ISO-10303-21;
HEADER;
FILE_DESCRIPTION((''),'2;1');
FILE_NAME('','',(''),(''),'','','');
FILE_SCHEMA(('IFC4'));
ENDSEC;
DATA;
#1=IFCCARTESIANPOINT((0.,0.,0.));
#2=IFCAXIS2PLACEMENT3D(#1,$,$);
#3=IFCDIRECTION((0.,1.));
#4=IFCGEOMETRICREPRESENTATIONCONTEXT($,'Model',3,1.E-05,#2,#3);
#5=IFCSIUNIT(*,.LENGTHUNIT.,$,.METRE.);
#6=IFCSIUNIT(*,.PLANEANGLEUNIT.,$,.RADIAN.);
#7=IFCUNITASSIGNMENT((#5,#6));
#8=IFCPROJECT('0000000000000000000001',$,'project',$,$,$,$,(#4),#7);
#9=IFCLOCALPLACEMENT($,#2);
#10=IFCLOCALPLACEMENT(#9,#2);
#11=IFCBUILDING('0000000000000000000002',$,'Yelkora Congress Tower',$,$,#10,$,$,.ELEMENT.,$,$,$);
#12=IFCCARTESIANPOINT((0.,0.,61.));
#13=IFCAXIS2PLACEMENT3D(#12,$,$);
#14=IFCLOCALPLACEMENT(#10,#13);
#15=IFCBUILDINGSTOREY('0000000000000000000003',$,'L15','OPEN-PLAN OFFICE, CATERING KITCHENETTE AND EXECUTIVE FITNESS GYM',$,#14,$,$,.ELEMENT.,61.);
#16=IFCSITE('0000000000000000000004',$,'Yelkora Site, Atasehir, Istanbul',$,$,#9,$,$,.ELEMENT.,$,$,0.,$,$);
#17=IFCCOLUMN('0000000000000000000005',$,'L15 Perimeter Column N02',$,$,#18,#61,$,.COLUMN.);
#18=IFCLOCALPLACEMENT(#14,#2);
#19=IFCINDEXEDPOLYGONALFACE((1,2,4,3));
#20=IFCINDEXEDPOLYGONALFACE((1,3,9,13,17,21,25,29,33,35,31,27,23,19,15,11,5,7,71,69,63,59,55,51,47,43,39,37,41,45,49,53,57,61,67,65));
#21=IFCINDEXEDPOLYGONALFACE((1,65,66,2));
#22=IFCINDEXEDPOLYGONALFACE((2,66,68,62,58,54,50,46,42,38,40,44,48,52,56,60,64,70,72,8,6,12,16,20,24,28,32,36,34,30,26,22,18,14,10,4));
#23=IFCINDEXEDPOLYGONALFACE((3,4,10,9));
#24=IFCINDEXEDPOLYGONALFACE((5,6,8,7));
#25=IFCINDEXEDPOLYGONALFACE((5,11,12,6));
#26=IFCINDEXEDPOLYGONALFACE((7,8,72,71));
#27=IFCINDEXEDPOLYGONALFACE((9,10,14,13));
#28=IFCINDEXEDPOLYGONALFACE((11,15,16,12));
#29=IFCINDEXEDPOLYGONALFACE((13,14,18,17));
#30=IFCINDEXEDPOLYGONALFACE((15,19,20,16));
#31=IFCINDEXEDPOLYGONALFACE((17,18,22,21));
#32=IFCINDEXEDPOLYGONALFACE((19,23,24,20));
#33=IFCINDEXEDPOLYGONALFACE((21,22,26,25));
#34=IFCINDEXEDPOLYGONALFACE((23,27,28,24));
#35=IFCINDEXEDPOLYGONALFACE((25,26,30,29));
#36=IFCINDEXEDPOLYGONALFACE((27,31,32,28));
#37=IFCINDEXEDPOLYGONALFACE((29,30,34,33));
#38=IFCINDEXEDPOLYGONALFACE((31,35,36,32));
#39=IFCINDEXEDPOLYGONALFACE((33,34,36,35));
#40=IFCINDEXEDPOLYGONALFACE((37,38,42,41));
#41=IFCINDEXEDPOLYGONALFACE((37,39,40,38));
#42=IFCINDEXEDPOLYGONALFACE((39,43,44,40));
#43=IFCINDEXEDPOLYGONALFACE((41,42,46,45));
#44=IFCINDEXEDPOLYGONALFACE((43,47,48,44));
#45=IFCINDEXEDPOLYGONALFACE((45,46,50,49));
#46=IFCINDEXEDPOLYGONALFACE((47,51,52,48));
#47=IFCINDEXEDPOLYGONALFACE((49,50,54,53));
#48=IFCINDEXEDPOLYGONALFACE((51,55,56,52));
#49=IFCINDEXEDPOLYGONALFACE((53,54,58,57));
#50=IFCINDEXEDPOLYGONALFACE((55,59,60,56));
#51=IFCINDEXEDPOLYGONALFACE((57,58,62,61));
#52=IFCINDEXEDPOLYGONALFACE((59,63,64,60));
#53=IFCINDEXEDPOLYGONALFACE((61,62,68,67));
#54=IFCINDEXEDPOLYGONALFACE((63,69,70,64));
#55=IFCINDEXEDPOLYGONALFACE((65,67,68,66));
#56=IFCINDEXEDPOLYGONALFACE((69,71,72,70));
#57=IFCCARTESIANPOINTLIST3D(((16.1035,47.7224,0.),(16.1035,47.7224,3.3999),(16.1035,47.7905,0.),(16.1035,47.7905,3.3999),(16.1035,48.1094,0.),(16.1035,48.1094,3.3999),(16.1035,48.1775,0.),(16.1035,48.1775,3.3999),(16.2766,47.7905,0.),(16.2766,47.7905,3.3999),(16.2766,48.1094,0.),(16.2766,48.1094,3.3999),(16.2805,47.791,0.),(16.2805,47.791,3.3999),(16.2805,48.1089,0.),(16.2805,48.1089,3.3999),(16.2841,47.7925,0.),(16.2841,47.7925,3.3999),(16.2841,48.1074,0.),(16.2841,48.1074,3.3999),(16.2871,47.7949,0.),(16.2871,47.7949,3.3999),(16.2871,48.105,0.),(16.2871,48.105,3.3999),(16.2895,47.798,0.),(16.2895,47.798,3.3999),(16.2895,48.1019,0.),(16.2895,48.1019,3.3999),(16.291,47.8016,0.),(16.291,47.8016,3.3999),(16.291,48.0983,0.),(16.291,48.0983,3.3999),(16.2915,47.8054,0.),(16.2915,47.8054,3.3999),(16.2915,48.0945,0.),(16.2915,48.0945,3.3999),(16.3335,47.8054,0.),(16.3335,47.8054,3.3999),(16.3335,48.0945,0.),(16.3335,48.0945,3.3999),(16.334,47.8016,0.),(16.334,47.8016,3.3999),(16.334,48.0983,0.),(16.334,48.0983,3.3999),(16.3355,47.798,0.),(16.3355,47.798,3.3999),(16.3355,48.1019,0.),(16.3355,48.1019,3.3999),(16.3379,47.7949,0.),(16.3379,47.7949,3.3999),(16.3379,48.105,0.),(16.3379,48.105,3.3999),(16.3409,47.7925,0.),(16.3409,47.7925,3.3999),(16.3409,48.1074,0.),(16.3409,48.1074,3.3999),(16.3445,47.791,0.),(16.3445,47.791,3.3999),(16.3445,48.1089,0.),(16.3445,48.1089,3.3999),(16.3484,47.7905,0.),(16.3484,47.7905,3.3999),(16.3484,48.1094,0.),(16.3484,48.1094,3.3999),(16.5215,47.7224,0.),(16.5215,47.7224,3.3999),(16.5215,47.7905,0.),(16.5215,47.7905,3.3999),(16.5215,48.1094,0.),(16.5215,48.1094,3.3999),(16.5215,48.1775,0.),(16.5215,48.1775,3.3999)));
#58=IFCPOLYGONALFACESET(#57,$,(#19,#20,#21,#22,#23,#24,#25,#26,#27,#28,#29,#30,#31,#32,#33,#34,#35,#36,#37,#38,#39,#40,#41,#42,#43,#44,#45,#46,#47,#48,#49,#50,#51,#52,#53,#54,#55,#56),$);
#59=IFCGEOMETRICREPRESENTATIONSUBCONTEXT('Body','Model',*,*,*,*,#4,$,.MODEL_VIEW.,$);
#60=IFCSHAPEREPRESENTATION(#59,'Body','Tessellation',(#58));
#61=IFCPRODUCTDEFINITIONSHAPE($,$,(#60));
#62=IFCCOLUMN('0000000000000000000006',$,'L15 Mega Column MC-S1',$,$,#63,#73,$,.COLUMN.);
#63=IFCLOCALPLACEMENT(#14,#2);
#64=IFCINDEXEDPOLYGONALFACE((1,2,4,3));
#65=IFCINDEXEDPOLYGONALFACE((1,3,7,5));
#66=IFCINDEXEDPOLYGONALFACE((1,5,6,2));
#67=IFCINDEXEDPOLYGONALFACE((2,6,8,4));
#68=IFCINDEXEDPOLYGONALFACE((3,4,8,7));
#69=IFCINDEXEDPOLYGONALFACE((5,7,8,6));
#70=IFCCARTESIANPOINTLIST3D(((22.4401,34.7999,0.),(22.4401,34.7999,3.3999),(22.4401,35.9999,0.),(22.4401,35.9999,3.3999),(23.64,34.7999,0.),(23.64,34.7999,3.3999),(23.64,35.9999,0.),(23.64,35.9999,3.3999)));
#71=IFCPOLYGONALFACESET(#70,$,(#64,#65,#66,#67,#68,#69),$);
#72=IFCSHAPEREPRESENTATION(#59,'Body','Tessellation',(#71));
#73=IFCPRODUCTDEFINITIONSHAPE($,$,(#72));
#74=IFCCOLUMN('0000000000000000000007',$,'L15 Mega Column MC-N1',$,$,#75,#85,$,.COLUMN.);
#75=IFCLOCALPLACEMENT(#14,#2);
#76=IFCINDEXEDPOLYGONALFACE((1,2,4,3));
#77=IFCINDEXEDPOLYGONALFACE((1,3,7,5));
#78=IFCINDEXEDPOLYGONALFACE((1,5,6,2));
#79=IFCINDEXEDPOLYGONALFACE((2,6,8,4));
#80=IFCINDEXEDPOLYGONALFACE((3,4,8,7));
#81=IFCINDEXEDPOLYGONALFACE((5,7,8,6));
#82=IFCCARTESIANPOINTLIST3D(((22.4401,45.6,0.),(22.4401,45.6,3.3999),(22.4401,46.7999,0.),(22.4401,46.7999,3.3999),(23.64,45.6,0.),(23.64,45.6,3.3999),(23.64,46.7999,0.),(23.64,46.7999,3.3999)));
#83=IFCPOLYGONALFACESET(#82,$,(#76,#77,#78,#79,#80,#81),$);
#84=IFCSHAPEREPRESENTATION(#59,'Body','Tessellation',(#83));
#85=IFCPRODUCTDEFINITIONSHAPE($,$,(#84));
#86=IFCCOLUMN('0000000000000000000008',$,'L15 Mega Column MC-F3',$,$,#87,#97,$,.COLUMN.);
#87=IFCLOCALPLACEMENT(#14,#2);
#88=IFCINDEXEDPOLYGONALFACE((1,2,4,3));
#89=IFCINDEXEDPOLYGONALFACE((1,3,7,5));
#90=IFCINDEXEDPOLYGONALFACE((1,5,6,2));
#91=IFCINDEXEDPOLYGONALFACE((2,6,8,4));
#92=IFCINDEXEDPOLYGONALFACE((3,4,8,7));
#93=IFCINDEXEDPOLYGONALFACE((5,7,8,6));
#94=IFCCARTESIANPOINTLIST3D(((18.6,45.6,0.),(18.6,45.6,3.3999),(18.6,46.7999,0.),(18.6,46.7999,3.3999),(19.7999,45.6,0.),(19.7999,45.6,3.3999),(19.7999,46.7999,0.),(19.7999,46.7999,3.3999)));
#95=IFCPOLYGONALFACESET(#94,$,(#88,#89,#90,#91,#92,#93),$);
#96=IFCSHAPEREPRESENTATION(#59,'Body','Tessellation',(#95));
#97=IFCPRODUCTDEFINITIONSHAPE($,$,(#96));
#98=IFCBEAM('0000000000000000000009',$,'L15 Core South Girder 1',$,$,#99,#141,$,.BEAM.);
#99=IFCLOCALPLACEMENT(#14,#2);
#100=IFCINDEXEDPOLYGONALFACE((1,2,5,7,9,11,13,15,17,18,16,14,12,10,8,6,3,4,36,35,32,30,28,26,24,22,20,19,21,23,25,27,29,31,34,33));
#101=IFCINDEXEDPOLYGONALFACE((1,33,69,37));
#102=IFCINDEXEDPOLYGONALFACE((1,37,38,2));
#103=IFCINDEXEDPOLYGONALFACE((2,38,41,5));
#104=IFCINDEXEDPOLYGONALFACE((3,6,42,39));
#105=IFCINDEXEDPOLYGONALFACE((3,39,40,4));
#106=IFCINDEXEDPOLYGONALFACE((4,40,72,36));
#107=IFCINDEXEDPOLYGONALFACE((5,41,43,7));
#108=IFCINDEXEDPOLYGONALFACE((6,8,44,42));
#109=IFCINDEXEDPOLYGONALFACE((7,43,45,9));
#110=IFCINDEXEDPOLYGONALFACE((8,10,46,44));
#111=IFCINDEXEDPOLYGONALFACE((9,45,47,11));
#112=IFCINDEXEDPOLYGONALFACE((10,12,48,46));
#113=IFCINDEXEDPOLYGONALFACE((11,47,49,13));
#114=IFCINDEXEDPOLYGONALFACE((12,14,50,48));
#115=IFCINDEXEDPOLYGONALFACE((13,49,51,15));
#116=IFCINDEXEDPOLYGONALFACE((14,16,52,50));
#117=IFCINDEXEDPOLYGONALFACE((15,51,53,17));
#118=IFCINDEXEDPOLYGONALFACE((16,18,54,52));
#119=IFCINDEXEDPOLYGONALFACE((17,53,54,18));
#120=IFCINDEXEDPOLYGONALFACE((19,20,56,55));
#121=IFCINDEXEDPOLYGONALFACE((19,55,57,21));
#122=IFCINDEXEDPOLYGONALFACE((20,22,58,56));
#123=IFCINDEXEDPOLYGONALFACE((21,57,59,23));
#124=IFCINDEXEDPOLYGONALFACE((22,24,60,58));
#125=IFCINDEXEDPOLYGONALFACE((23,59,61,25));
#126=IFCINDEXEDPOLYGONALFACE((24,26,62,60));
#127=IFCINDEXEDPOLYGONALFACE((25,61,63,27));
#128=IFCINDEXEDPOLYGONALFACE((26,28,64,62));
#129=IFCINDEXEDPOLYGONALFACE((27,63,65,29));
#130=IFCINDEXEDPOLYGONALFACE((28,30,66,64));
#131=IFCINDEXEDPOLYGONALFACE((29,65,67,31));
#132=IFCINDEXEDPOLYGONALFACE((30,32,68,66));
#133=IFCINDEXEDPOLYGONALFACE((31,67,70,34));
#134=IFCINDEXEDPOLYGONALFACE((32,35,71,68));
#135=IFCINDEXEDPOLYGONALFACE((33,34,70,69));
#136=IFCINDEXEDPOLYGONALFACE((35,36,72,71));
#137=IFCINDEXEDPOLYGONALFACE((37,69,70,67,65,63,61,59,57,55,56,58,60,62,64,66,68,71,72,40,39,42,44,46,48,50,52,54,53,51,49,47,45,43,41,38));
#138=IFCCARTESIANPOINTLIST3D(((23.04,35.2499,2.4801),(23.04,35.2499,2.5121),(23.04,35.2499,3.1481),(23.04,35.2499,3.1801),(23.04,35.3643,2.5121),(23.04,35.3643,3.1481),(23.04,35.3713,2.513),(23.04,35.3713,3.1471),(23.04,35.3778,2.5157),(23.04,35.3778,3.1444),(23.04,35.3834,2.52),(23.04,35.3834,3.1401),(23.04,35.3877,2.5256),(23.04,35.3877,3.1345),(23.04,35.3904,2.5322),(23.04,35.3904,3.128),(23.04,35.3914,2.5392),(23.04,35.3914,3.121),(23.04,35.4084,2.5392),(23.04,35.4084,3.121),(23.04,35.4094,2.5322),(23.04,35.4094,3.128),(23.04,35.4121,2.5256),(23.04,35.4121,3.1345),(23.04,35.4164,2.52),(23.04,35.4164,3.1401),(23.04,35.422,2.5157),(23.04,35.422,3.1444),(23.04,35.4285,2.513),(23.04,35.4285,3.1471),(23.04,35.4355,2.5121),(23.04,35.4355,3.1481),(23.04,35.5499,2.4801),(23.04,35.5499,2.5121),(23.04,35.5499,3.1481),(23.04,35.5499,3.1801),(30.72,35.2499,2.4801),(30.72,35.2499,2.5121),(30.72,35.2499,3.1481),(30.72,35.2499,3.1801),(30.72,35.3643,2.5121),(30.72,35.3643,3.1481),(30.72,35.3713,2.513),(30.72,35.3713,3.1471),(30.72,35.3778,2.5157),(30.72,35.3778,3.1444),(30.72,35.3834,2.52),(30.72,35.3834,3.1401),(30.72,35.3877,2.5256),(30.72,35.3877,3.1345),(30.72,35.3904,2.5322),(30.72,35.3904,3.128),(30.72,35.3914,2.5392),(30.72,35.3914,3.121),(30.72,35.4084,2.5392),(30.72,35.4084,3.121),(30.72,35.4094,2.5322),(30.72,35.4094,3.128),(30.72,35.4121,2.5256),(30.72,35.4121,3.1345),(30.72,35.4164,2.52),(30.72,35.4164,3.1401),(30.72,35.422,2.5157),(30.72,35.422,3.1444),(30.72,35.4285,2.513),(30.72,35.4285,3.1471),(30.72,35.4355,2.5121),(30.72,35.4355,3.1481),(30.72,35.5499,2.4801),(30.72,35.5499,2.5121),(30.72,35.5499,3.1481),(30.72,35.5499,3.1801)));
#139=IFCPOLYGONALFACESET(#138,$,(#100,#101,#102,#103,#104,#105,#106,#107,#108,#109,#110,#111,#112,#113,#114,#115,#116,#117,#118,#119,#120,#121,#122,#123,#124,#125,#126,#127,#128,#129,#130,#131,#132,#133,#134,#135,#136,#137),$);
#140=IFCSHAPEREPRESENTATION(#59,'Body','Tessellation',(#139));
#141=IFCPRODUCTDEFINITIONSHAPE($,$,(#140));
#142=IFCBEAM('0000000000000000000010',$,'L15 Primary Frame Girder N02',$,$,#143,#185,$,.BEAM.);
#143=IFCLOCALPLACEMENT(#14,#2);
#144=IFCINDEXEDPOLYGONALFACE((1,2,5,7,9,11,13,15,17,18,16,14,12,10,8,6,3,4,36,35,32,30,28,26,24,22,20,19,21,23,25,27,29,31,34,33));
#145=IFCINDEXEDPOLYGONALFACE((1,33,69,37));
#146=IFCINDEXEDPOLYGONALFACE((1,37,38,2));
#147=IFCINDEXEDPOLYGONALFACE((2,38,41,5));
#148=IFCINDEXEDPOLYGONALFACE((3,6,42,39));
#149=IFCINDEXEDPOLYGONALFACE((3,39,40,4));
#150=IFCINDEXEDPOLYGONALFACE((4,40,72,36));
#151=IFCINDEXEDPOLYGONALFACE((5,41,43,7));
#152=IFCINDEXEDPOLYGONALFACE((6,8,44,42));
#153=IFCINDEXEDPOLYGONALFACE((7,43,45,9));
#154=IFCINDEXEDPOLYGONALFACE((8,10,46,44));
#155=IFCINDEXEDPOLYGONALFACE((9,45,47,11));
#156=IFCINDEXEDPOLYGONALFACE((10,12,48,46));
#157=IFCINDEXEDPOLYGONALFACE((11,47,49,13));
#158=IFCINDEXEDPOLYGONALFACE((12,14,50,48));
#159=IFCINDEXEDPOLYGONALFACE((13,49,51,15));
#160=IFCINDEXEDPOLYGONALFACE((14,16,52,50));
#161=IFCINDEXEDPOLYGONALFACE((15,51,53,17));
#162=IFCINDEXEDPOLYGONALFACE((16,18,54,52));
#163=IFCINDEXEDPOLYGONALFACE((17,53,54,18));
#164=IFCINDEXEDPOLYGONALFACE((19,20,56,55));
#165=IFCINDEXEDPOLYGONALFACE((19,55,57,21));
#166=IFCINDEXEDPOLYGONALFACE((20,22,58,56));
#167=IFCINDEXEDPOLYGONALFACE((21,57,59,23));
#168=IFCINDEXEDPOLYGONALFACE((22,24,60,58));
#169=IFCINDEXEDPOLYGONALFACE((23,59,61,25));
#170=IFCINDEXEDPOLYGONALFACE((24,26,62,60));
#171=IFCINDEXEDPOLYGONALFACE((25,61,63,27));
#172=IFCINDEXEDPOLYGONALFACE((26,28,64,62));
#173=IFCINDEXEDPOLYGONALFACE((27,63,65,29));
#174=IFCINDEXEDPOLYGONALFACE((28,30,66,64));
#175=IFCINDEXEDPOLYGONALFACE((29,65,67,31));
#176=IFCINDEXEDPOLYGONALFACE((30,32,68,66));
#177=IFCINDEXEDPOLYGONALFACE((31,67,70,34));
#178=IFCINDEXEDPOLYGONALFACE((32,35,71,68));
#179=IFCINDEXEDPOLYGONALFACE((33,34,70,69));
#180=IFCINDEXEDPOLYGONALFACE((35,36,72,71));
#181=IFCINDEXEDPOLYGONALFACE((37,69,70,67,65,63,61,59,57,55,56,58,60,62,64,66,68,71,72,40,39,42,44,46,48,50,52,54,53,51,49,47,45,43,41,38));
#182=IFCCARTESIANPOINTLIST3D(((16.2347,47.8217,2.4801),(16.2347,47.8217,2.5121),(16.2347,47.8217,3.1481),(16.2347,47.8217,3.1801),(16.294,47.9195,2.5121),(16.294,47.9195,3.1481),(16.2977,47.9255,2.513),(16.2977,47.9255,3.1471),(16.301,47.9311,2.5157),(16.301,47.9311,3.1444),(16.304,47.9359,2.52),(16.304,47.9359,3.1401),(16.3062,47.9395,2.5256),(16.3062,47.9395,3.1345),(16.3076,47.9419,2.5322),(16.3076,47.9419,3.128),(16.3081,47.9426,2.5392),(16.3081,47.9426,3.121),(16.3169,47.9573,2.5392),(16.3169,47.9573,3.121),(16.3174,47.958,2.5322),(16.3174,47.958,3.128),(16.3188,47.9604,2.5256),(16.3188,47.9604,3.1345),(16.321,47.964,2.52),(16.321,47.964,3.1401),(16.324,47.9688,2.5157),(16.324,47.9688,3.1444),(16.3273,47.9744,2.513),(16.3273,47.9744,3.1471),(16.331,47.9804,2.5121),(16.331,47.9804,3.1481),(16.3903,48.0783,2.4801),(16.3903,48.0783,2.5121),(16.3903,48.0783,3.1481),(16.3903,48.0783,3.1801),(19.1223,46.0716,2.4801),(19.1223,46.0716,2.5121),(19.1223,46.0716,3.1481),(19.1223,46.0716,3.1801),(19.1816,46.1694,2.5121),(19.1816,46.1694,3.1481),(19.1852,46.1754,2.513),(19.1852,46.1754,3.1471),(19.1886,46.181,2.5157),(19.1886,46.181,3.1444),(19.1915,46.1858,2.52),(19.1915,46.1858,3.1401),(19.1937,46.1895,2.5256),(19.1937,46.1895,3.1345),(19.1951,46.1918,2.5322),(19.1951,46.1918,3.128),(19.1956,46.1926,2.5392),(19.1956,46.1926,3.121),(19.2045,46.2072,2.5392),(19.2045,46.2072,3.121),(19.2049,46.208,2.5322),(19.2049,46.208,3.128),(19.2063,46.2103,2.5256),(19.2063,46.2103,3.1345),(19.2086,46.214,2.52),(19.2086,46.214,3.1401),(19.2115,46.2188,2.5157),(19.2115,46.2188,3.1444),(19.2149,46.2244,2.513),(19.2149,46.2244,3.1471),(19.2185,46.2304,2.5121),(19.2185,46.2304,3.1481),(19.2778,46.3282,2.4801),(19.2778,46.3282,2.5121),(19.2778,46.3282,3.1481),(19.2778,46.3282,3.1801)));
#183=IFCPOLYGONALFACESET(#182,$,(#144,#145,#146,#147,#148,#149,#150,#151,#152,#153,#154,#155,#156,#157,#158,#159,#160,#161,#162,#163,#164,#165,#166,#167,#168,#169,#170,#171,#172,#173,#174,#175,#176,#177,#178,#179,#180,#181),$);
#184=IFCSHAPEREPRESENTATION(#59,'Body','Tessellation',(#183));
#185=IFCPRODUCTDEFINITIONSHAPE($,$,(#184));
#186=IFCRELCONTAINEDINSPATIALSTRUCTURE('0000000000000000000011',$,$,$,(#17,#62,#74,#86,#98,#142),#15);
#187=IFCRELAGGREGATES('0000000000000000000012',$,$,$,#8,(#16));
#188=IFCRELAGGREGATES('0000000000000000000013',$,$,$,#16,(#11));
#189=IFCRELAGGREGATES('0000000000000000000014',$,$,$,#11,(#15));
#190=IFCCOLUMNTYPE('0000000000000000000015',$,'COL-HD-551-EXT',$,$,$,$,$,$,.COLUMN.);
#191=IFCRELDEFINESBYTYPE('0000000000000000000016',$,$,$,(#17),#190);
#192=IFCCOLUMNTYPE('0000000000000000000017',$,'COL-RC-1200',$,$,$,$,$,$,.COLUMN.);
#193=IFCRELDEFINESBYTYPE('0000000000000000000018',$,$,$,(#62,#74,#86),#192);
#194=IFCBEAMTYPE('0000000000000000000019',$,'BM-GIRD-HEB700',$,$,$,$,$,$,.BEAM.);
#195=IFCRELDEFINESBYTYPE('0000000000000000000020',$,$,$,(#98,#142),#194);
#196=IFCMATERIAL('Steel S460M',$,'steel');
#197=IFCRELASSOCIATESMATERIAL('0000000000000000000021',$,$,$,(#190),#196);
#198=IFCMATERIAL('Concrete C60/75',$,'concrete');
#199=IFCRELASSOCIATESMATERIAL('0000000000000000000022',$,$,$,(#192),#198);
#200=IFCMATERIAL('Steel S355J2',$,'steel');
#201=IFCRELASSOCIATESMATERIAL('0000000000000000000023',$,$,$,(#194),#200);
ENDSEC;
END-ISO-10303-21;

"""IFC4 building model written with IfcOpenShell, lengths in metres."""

from ifc_helpers import new_model, si_unit, direction, frame, origin, origin_2d, place, context, subcontext, project, spatial, rectangle, i_section, extrude, material, material_profile, profile_set, type_object, element, save


model = new_model("IFC4")

# Units and contexts
model_context = context("Model", 3, precision=1e-05, world=origin(), true_north=direction((0.0, 1.0)))
body_context = subcontext(model_context, "Body", "Model", "MODEL_VIEW")
ifc_project = project(units=[si_unit("LENGTHUNIT", "METRE"), si_unit("PLANEANGLEUNIT", "RADIAN")], contexts=[model_context])

# Site, building, storey
site_placement = place(None, origin())
site = spatial("IfcSite", under=ifc_project, at=site_placement, Name="Yelkora Site, Atasehir, Istanbul", CompositionType="ELEMENT", RefElevation=0.0)
building_placement = place(site_placement, origin())
building = spatial("IfcBuilding", under=site, at=building_placement, Name="Yelkora Congress Tower", CompositionType="ELEMENT")
storey_placement = place(building_placement, frame((0.0, 0.0, 61.0)))
storey = spatial("IfcBuildingStorey", under=building, at=storey_placement, Name="L15", Description="OPEN-PLAN OFFICE, CATERING KITCHENETTE AND EXECUTIVE FITNESS GYM", CompositionType="ELEMENT", Elevation=61.0)

# Columns
ifc_material_1 = material(Name="Steel S460M", Category="steel")
ifc_material_profile_1 = material_profile(ifc_material_1, i_section(OverallWidth=0.418, OverallDepth=0.4551, WebThickness=0.042, FlangeThickness=0.0681, FilletRadius=0.0149, at=origin_2d()), Name="HD 400x551")
ifc_profile_set_1 = profile_set([ifc_material_profile_1], Name="Steel S460M")
column_type_1 = type_object("IfcColumnType", Name="COL-HD-551-EXT", PredefinedType="COLUMN", material=ifc_profile_set_1)
column_placement = place(storey_placement, frame((16.3125, 47.95, 0.0), z_axis=(0.0, 0.0, 1.0), x_axis=(1.0, 0.0, 0.0)))
element("IfcColumn", 1, at=column_placement, inside=storey, type_object=column_type_1, Name="L15 Perimeter Column N02", PredefinedType="COLUMN", context=body_context, shape_type="SweptSolid", body=[
    extrude(i_section(OverallWidth=0.418, OverallDepth=0.4551, WebThickness=0.042, FlangeThickness=0.0681, FilletRadius=0.0149, at=origin_2d()), origin(), (0.0, 0.0, 1.0), 3.3999),
])
ifc_material_2 = material(Name="Concrete C60/75", Category="concrete")
ifc_material_profile_2 = material_profile(ifc_material_2, rectangle(XDim=1.2, YDim=1.2, at=origin_2d()), Name="RC 1200x1200")
ifc_profile_set_2 = profile_set([ifc_material_profile_2], Name="Concrete C60/75")
column_type_2 = type_object("IfcColumnType", Name="COL-RC-1200", PredefinedType="COLUMN", material=ifc_profile_set_2)
for number, where, z_axis, x_axis, name in (
    (2, (23.04, 35.3999, 0.0), (0.0, 0.0, 1.0), (1.0, 0.0, 0.0), "L15 Mega Column MC-S1"),
    (3, (23.04, 46.2, 0.0), (0.0, 0.0, 1.0), (1.0, 0.0, 0.0), "L15 Mega Column MC-N1"),
    (4, (19.2, 46.2, 0.0), (0.0, 0.0, 1.0), (1.0, 0.0, 0.0), "L15 Mega Column MC-F3"),
):
    element("IfcColumn", number, at=place(storey_placement, frame(where, z_axis=z_axis, x_axis=x_axis)), inside=storey, type_object=column_type_2, Name=name, PredefinedType="COLUMN", context=body_context, shape_type="SweptSolid", body=[
        extrude(rectangle(XDim=1.2, YDim=1.2, at=origin_2d()), origin(), (0.0, 0.0, 1.0), 3.3999),
    ])

# Beams
ifc_material_3 = material(Name="Steel S355J2", Category="steel")
ifc_material_profile_3 = material_profile(ifc_material_3, i_section(OverallWidth=0.3, OverallDepth=0.7, WebThickness=0.0171, FlangeThickness=0.032, FilletRadius=0.0271, at=origin_2d()), Name="HEB 700")
ifc_profile_set_3 = profile_set([ifc_material_profile_3], Name="Steel S355J2")
beam_type_1 = type_object("IfcBeamType", Name="BM-GIRD-HEB700", PredefinedType="BEAM", material=ifc_profile_set_3)
beam_1_placement = place(storey_placement, frame((23.04, 35.3999, 2.8301), z_axis=(1.0, 0.0, 0.0), x_axis=(0.0, 1.0, 0.0)))
element("IfcBeam", 5, at=beam_1_placement, inside=storey, type_object=beam_type_1, Name="L15 Core South Girder 1", PredefinedType="BEAM", context=body_context, shape_type="SweptSolid", body=[
    extrude(i_section(OverallWidth=0.3, OverallDepth=0.7, WebThickness=0.0171, FlangeThickness=0.032, FilletRadius=0.0271, at=origin_2d()), origin(), (0.0, 0.0, 1.0), 7.6799),
])
beam_2_placement = place(storey_placement, frame((16.3125, 47.95, 2.8301), z_axis=(0.855194, -0.518308, 0.0), x_axis=(0.518308, 0.855194, 0.0)))
element("IfcBeam", 6, at=beam_2_placement, inside=storey, type_object=beam_type_1, Name="L15 Primary Frame Girder N02", PredefinedType="BEAM", context=body_context, shape_type="SweptSolid", body=[
    extrude(i_section(OverallWidth=0.3, OverallDepth=0.7, WebThickness=0.0171, FlangeThickness=0.032, FilletRadius=0.0271, at=origin_2d()), origin(), (0.0, 0.0, 1.0), 3.3765),
])

save(model, "model.ifc")
